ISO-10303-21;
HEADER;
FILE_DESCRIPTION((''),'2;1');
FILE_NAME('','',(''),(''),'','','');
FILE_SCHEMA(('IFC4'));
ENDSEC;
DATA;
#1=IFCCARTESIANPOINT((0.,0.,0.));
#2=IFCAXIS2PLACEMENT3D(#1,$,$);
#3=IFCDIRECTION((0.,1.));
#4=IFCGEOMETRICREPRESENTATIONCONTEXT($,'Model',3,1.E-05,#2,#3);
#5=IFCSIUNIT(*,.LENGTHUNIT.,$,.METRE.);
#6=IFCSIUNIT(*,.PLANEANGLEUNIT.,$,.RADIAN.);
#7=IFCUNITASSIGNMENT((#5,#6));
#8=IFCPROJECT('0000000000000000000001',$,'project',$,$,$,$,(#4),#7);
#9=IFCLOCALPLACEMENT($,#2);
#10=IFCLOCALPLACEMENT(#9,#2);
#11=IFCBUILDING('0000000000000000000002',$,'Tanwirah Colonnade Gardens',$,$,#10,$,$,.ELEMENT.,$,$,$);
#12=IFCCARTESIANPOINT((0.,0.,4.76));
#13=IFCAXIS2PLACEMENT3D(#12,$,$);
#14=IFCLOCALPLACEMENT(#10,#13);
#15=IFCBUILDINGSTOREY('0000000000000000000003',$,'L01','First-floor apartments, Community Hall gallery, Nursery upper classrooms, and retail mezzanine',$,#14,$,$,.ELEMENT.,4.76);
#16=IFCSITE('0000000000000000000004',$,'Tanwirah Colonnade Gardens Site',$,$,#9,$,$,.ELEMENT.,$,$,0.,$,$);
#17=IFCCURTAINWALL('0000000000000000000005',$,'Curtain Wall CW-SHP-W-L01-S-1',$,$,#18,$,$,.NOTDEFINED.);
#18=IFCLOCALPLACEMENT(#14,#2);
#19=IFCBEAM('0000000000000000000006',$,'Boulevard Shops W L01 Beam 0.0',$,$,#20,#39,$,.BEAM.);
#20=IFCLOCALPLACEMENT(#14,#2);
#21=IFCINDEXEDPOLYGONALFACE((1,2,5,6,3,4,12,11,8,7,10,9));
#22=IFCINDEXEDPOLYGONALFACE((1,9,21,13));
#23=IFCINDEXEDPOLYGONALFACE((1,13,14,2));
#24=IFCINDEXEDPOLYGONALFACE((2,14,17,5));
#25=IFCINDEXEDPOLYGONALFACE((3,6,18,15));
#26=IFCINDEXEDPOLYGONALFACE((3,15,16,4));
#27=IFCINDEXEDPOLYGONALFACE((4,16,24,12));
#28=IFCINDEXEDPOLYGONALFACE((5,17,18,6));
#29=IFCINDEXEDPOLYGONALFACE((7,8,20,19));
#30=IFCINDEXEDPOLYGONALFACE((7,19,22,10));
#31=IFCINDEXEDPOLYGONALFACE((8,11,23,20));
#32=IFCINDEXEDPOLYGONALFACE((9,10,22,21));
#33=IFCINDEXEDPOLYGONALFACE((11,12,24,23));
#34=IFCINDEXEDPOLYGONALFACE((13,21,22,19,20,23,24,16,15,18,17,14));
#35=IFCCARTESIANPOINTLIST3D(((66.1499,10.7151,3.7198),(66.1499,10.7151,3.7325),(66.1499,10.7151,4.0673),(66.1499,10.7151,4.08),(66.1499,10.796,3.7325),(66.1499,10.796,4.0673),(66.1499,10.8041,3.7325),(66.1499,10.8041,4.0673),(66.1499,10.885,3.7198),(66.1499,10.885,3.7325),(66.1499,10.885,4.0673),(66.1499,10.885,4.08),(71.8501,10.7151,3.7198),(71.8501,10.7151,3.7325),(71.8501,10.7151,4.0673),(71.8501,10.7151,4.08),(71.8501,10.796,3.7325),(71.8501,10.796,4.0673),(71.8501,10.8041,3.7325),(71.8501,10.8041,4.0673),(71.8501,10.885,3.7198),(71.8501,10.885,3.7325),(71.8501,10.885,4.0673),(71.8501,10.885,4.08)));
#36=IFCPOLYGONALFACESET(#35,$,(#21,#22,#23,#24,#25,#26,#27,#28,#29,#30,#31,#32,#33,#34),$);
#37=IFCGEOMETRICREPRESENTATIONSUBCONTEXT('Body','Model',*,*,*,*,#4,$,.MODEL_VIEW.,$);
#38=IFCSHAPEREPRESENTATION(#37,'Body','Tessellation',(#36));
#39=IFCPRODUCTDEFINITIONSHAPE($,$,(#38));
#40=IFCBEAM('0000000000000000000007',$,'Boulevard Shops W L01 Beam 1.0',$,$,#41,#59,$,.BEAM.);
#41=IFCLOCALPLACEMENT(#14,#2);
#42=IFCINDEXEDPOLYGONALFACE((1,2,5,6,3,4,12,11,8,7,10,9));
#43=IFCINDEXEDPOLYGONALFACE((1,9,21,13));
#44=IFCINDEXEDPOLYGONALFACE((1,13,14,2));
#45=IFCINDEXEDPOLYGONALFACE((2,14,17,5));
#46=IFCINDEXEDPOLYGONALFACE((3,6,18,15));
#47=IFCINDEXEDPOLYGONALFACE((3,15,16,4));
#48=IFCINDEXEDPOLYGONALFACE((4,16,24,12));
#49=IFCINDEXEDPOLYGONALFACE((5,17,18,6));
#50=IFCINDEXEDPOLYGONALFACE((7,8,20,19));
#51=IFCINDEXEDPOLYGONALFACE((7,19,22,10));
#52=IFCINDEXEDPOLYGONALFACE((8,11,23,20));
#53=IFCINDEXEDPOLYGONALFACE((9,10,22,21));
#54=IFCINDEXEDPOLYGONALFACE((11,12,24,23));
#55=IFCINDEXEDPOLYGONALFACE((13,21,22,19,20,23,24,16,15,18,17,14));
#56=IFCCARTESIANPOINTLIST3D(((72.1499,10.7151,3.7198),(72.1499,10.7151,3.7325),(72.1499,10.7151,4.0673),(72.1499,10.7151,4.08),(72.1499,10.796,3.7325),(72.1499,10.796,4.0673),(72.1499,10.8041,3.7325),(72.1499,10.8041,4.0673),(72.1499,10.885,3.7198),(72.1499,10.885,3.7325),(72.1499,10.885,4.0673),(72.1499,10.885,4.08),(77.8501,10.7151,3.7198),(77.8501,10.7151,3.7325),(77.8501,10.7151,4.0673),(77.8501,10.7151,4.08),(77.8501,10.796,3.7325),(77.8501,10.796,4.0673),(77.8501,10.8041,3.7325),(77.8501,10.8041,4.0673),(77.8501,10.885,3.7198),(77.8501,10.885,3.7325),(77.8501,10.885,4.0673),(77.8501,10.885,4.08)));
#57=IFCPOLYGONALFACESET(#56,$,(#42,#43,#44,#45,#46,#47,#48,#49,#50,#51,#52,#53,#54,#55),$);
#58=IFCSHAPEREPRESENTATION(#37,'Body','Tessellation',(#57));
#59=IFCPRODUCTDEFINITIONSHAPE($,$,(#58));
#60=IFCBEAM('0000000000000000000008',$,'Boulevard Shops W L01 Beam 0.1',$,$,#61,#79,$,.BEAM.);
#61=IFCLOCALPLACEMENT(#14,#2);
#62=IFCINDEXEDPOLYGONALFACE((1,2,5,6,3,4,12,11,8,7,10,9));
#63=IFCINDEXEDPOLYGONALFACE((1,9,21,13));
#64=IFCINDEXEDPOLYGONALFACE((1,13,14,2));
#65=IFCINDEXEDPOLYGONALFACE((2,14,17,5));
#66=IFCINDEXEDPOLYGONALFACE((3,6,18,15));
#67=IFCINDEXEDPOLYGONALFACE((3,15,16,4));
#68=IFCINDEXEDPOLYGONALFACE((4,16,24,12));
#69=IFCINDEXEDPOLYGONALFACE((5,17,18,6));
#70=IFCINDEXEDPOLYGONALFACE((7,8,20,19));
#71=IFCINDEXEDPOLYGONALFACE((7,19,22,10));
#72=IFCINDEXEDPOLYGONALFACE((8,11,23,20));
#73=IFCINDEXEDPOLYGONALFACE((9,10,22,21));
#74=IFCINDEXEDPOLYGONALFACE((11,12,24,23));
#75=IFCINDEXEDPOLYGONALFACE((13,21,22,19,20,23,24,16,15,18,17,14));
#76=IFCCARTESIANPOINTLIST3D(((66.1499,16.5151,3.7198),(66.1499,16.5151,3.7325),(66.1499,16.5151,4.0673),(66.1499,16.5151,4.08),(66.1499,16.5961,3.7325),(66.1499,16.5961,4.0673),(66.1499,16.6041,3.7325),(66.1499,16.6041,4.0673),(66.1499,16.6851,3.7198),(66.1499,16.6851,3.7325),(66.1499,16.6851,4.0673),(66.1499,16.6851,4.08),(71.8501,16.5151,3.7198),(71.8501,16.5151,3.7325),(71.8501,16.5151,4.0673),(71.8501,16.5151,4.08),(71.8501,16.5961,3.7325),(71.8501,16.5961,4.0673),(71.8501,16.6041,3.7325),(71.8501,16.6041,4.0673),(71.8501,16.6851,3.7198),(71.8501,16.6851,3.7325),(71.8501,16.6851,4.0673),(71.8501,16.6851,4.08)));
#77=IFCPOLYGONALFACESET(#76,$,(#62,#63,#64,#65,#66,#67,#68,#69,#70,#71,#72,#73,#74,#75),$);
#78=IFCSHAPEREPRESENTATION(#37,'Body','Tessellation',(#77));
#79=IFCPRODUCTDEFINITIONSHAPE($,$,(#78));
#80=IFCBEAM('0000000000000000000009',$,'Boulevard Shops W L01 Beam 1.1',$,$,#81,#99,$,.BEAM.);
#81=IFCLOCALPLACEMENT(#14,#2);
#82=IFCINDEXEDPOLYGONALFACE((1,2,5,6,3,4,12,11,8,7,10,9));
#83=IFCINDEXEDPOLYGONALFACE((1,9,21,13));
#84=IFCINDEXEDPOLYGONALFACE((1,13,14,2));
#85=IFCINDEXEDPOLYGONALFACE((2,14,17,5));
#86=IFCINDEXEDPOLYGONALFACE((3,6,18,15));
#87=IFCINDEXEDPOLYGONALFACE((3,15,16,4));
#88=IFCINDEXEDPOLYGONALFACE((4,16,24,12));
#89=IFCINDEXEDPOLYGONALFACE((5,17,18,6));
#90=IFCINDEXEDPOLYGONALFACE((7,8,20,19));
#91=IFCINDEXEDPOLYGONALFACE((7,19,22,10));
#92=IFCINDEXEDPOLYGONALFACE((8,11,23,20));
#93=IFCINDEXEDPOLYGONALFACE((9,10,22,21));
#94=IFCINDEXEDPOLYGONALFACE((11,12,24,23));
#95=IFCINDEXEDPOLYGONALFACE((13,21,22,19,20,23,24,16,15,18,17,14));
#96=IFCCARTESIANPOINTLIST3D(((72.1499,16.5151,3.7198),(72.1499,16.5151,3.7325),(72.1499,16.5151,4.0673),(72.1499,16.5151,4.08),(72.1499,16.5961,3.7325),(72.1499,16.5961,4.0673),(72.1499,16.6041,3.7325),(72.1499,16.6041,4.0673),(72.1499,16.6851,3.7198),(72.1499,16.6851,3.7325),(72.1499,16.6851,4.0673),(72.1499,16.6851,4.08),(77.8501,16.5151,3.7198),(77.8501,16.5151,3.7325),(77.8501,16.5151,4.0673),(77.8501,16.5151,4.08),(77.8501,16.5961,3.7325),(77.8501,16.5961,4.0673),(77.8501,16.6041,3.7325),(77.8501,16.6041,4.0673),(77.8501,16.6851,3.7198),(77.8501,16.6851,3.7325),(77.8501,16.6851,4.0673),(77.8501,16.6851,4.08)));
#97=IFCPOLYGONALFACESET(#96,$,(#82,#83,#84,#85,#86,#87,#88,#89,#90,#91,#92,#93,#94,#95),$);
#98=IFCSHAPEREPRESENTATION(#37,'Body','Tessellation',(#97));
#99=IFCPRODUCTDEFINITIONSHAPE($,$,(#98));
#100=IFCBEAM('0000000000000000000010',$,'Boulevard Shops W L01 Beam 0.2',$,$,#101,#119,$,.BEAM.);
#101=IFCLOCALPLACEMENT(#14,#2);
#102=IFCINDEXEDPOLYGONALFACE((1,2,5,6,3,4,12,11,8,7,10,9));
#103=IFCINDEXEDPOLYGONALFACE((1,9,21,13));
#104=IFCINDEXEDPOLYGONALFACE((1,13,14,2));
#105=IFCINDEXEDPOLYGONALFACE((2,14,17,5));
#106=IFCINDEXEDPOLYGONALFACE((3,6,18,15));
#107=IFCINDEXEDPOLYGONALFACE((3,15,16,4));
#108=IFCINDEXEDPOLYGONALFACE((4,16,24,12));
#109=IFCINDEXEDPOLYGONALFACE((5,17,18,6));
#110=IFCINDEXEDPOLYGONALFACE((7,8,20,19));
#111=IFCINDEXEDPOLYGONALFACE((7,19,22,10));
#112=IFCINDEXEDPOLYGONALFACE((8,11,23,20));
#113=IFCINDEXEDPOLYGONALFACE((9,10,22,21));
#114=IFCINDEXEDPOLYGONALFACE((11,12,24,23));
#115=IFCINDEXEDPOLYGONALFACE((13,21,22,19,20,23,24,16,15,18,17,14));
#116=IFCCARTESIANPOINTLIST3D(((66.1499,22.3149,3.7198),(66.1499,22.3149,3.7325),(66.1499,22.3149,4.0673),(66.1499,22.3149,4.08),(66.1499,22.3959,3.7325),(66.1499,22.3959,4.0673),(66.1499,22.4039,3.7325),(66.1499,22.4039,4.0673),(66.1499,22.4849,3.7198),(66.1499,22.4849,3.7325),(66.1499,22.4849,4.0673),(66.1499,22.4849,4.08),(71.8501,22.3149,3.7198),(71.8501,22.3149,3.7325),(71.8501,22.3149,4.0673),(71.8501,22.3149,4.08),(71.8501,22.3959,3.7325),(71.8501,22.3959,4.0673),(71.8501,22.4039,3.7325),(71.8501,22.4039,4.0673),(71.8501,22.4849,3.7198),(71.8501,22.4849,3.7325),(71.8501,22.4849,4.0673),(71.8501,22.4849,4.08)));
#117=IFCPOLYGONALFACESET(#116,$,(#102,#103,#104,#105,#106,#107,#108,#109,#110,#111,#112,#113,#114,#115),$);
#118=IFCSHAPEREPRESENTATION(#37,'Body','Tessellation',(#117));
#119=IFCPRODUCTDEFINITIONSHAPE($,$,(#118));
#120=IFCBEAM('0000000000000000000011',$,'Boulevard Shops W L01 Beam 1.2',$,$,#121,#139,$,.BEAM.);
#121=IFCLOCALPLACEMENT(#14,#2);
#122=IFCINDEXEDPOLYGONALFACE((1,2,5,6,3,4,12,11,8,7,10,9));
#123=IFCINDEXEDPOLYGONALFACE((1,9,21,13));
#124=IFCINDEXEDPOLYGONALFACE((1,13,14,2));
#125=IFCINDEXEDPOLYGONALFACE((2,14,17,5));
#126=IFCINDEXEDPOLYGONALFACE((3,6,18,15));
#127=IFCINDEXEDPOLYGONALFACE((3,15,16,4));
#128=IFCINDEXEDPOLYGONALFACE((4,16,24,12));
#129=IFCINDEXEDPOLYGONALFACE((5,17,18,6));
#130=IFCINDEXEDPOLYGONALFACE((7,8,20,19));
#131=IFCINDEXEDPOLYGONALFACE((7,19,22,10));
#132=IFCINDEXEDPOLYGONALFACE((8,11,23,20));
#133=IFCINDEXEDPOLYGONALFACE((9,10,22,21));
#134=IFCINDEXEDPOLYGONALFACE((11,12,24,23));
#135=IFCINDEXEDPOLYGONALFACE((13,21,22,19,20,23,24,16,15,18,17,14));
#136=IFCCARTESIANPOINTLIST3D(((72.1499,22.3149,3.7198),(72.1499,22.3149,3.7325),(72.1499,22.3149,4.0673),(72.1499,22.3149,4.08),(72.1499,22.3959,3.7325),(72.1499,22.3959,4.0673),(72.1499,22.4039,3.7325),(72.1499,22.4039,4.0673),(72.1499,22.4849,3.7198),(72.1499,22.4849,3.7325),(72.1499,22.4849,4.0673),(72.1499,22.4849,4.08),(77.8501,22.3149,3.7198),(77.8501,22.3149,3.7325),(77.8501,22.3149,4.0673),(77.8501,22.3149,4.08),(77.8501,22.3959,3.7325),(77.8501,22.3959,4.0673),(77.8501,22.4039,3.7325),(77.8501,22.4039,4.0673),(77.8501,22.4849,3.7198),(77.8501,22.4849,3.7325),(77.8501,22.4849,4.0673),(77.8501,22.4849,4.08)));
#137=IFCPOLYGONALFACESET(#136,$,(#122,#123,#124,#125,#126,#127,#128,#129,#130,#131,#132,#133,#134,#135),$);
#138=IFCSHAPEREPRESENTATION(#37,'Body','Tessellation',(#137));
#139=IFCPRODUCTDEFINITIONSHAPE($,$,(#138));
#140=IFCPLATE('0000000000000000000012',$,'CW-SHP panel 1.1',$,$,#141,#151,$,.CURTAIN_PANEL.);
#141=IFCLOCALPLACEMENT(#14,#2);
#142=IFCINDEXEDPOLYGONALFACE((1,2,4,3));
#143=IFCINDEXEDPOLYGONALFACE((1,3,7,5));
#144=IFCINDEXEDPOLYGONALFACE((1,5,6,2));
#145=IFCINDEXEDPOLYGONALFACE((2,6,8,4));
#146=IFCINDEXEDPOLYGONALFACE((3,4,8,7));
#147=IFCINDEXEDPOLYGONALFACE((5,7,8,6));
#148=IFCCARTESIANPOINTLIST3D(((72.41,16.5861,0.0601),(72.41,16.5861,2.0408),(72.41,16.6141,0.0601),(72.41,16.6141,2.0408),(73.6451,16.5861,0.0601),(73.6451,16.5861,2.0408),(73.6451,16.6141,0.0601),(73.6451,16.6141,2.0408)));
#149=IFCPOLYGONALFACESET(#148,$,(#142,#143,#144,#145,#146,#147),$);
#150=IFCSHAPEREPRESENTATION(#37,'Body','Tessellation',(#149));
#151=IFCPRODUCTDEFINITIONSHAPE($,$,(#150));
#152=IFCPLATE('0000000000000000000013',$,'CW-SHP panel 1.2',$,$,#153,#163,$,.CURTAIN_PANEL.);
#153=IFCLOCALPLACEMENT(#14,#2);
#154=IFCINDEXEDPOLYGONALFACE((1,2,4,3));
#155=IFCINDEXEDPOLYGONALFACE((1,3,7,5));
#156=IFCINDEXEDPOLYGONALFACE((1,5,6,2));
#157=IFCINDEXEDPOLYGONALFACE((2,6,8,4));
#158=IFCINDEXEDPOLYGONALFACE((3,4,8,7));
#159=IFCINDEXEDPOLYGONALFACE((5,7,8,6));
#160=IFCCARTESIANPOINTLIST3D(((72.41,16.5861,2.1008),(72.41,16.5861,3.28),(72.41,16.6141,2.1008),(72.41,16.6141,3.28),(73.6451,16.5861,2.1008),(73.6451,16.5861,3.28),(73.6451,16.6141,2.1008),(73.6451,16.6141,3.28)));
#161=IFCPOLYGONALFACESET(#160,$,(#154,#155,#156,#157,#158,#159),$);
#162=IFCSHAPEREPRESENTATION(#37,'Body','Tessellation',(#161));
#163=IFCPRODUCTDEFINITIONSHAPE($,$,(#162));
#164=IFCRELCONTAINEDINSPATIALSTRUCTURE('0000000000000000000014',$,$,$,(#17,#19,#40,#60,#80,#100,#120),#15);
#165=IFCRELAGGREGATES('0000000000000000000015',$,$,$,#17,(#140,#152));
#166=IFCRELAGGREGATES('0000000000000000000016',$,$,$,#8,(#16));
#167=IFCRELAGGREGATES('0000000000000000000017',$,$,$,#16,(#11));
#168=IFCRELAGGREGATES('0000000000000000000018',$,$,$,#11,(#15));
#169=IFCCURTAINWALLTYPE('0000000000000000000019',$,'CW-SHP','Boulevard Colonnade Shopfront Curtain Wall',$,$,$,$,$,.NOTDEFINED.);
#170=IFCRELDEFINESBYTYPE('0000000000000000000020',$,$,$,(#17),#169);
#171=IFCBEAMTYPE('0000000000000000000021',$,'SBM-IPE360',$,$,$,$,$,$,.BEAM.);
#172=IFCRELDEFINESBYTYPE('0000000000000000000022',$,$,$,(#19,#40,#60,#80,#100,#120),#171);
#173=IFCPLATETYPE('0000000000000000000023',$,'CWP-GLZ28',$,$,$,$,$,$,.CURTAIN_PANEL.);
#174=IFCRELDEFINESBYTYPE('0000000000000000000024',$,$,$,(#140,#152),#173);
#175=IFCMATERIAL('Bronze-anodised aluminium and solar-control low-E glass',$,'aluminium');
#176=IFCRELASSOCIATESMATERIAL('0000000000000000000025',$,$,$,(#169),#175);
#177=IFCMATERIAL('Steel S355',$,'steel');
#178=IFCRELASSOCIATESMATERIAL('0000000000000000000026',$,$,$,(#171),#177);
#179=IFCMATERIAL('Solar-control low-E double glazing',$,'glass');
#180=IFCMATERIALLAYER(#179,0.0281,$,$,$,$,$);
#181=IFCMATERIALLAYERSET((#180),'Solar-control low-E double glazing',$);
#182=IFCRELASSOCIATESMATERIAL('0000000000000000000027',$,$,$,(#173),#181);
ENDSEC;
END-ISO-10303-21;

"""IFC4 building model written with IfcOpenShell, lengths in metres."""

from ifc_helpers import new_model, si_unit, direction, frame, origin, origin_2d, place, context, subcontext, project, spatial, rectangle, i_section, extrude, material, layer, layer_set, material_profile, profile_set, type_object, element, aggregate, save


model = new_model("IFC4")

# Units and contexts
model_context = context("Model", 3, precision=1e-05, world=origin(), true_north=direction((0.0, 1.0)))
body_context = subcontext(model_context, "Body", "Model", "MODEL_VIEW")
ifc_project = project(units=[si_unit("LENGTHUNIT", "METRE"), si_unit("PLANEANGLEUNIT", "RADIAN")], contexts=[model_context])

# Site, building, storey
site_placement = place(None, origin())
site = spatial("IfcSite", under=ifc_project, at=site_placement, Name="Tanwirah Colonnade Gardens Site", CompositionType="ELEMENT", RefElevation=0.0)
building_placement = place(site_placement, origin())
building = spatial("IfcBuilding", under=site, at=building_placement, Name="Tanwirah Colonnade Gardens", CompositionType="ELEMENT")
storey_placement = place(building_placement, frame((0.0, 0.0, 4.76)))
storey = spatial("IfcBuildingStorey", under=building, at=storey_placement, Name="L01", Description="First-floor apartments, Community Hall gallery, Nursery upper classrooms, and retail mezzanine", CompositionType="ELEMENT", Elevation=4.76)

# Curtain wall
ifc_material_1 = material(Name="Bronze-anodised aluminium and solar-control low-E glass", Category="aluminium")
curtain_wall_type = type_object("IfcCurtainWallType", Name="CW-SHP", Description="Boulevard Colonnade Shopfront Curtain Wall", PredefinedType="NOTDEFINED", material=ifc_material_1)
curtain_wall_placement = place(storey_placement, origin())
curtain_wall = element("IfcCurtainWall", 1, at=curtain_wall_placement, inside=storey, type_object=curtain_wall_type, Name="Curtain Wall CW-SHP-W-L01-S-1", PredefinedType="NOTDEFINED")

# Beams
ifc_material_2 = material(Name="Steel S355", Category="steel")
ifc_material_profile_1 = material_profile(ifc_material_2, i_section(OverallWidth=0.1699, OverallDepth=0.3601, WebThickness=0.0081, FlangeThickness=0.0127, at=origin_2d()), Name="IPE 360")
ifc_profile_set_1 = profile_set([ifc_material_profile_1], Name="Steel S355")
beam_type = type_object("IfcBeamType", Name="SBM-IPE360", PredefinedType="BEAM", material=ifc_profile_set_1)
for number, where, z_axis, x_axis, name in (
    (2, (66.1499, 10.8, 3.8999), (1.0, 0.0, 0.0), (0.0, 1.0, 0.0), "Boulevard Shops W L01 Beam 0.0"),
    (3, (72.1499, 10.8, 3.8999), (1.0, 0.0, 0.0), (0.0, 1.0, 0.0), "Boulevard Shops W L01 Beam 1.0"),
    (4, (66.1499, 16.6001, 3.8999), (1.0, 0.0, 0.0), (0.0, 1.0, 0.0), "Boulevard Shops W L01 Beam 0.1"),
    (5, (72.1499, 16.6001, 3.8999), (1.0, 0.0, 0.0), (0.0, 1.0, 0.0), "Boulevard Shops W L01 Beam 1.1"),
    (6, (66.1499, 22.3999, 3.8999), (1.0, 0.0, 0.0), (0.0, 1.0, 0.0), "Boulevard Shops W L01 Beam 0.2"),
    (7, (72.1499, 22.3999, 3.8999), (1.0, 0.0, 0.0), (0.0, 1.0, 0.0), "Boulevard Shops W L01 Beam 1.2"),
):
    element("IfcBeam", number, at=place(storey_placement, frame(where, z_axis=z_axis, x_axis=x_axis)), inside=storey, type_object=beam_type, Name=name, PredefinedType="BEAM", context=body_context, shape_type="SweptSolid", body=[
        extrude(i_section(OverallWidth=0.1699, OverallDepth=0.3601, WebThickness=0.0081, FlangeThickness=0.0127, at=origin_2d()), origin(), (0.0, 0.0, 1.0), 5.7002),
    ])

# Plates
ifc_material_3 = material(Name="Solar-control low-E double glazing", Category="glass")
ifc_layer_1 = layer(ifc_material_3, 0.0281)
ifc_layer_set_1 = layer_set([ifc_layer_1], Name="Solar-control low-E double glazing")
plate_type = type_object("IfcPlateType", Name="CWP-GLZ28", PredefinedType="CURTAIN_PANEL", material=ifc_layer_set_1)
plate_1_placement = place(storey_placement, frame((73.0276, 16.6001, 0.0601), z_axis=(0.0, 0.0, 1.0), x_axis=(1.0, 0.0, 0.0)))
plate_1 = element("IfcPlate", 8, at=plate_1_placement, type_object=plate_type, Name="CW-SHP panel 1.1", PredefinedType="CURTAIN_PANEL", context=body_context, shape_type="SweptSolid", body=[
    extrude(rectangle(XDim=1.2351, YDim=0.0281, at=origin_2d()), origin(), (0.0, 0.0, 1.0), 1.9807),
])
plate_2_placement = place(storey_placement, frame((73.0276, 16.6001, 2.1008), z_axis=(0.0, 0.0, 1.0), x_axis=(1.0, 0.0, 0.0)))
plate_2 = element("IfcPlate", 9, at=plate_2_placement, type_object=plate_type, Name="CW-SHP panel 1.2", PredefinedType="CURTAIN_PANEL", context=body_context, shape_type="SweptSolid", body=[
    extrude(rectangle(XDim=1.2351, YDim=0.0281, at=origin_2d()), origin(), (0.0, 0.0, 1.0), 1.1792),
])
aggregate(curtain_wall, [plate_1, plate_2])

save(model, "model.ifc")
